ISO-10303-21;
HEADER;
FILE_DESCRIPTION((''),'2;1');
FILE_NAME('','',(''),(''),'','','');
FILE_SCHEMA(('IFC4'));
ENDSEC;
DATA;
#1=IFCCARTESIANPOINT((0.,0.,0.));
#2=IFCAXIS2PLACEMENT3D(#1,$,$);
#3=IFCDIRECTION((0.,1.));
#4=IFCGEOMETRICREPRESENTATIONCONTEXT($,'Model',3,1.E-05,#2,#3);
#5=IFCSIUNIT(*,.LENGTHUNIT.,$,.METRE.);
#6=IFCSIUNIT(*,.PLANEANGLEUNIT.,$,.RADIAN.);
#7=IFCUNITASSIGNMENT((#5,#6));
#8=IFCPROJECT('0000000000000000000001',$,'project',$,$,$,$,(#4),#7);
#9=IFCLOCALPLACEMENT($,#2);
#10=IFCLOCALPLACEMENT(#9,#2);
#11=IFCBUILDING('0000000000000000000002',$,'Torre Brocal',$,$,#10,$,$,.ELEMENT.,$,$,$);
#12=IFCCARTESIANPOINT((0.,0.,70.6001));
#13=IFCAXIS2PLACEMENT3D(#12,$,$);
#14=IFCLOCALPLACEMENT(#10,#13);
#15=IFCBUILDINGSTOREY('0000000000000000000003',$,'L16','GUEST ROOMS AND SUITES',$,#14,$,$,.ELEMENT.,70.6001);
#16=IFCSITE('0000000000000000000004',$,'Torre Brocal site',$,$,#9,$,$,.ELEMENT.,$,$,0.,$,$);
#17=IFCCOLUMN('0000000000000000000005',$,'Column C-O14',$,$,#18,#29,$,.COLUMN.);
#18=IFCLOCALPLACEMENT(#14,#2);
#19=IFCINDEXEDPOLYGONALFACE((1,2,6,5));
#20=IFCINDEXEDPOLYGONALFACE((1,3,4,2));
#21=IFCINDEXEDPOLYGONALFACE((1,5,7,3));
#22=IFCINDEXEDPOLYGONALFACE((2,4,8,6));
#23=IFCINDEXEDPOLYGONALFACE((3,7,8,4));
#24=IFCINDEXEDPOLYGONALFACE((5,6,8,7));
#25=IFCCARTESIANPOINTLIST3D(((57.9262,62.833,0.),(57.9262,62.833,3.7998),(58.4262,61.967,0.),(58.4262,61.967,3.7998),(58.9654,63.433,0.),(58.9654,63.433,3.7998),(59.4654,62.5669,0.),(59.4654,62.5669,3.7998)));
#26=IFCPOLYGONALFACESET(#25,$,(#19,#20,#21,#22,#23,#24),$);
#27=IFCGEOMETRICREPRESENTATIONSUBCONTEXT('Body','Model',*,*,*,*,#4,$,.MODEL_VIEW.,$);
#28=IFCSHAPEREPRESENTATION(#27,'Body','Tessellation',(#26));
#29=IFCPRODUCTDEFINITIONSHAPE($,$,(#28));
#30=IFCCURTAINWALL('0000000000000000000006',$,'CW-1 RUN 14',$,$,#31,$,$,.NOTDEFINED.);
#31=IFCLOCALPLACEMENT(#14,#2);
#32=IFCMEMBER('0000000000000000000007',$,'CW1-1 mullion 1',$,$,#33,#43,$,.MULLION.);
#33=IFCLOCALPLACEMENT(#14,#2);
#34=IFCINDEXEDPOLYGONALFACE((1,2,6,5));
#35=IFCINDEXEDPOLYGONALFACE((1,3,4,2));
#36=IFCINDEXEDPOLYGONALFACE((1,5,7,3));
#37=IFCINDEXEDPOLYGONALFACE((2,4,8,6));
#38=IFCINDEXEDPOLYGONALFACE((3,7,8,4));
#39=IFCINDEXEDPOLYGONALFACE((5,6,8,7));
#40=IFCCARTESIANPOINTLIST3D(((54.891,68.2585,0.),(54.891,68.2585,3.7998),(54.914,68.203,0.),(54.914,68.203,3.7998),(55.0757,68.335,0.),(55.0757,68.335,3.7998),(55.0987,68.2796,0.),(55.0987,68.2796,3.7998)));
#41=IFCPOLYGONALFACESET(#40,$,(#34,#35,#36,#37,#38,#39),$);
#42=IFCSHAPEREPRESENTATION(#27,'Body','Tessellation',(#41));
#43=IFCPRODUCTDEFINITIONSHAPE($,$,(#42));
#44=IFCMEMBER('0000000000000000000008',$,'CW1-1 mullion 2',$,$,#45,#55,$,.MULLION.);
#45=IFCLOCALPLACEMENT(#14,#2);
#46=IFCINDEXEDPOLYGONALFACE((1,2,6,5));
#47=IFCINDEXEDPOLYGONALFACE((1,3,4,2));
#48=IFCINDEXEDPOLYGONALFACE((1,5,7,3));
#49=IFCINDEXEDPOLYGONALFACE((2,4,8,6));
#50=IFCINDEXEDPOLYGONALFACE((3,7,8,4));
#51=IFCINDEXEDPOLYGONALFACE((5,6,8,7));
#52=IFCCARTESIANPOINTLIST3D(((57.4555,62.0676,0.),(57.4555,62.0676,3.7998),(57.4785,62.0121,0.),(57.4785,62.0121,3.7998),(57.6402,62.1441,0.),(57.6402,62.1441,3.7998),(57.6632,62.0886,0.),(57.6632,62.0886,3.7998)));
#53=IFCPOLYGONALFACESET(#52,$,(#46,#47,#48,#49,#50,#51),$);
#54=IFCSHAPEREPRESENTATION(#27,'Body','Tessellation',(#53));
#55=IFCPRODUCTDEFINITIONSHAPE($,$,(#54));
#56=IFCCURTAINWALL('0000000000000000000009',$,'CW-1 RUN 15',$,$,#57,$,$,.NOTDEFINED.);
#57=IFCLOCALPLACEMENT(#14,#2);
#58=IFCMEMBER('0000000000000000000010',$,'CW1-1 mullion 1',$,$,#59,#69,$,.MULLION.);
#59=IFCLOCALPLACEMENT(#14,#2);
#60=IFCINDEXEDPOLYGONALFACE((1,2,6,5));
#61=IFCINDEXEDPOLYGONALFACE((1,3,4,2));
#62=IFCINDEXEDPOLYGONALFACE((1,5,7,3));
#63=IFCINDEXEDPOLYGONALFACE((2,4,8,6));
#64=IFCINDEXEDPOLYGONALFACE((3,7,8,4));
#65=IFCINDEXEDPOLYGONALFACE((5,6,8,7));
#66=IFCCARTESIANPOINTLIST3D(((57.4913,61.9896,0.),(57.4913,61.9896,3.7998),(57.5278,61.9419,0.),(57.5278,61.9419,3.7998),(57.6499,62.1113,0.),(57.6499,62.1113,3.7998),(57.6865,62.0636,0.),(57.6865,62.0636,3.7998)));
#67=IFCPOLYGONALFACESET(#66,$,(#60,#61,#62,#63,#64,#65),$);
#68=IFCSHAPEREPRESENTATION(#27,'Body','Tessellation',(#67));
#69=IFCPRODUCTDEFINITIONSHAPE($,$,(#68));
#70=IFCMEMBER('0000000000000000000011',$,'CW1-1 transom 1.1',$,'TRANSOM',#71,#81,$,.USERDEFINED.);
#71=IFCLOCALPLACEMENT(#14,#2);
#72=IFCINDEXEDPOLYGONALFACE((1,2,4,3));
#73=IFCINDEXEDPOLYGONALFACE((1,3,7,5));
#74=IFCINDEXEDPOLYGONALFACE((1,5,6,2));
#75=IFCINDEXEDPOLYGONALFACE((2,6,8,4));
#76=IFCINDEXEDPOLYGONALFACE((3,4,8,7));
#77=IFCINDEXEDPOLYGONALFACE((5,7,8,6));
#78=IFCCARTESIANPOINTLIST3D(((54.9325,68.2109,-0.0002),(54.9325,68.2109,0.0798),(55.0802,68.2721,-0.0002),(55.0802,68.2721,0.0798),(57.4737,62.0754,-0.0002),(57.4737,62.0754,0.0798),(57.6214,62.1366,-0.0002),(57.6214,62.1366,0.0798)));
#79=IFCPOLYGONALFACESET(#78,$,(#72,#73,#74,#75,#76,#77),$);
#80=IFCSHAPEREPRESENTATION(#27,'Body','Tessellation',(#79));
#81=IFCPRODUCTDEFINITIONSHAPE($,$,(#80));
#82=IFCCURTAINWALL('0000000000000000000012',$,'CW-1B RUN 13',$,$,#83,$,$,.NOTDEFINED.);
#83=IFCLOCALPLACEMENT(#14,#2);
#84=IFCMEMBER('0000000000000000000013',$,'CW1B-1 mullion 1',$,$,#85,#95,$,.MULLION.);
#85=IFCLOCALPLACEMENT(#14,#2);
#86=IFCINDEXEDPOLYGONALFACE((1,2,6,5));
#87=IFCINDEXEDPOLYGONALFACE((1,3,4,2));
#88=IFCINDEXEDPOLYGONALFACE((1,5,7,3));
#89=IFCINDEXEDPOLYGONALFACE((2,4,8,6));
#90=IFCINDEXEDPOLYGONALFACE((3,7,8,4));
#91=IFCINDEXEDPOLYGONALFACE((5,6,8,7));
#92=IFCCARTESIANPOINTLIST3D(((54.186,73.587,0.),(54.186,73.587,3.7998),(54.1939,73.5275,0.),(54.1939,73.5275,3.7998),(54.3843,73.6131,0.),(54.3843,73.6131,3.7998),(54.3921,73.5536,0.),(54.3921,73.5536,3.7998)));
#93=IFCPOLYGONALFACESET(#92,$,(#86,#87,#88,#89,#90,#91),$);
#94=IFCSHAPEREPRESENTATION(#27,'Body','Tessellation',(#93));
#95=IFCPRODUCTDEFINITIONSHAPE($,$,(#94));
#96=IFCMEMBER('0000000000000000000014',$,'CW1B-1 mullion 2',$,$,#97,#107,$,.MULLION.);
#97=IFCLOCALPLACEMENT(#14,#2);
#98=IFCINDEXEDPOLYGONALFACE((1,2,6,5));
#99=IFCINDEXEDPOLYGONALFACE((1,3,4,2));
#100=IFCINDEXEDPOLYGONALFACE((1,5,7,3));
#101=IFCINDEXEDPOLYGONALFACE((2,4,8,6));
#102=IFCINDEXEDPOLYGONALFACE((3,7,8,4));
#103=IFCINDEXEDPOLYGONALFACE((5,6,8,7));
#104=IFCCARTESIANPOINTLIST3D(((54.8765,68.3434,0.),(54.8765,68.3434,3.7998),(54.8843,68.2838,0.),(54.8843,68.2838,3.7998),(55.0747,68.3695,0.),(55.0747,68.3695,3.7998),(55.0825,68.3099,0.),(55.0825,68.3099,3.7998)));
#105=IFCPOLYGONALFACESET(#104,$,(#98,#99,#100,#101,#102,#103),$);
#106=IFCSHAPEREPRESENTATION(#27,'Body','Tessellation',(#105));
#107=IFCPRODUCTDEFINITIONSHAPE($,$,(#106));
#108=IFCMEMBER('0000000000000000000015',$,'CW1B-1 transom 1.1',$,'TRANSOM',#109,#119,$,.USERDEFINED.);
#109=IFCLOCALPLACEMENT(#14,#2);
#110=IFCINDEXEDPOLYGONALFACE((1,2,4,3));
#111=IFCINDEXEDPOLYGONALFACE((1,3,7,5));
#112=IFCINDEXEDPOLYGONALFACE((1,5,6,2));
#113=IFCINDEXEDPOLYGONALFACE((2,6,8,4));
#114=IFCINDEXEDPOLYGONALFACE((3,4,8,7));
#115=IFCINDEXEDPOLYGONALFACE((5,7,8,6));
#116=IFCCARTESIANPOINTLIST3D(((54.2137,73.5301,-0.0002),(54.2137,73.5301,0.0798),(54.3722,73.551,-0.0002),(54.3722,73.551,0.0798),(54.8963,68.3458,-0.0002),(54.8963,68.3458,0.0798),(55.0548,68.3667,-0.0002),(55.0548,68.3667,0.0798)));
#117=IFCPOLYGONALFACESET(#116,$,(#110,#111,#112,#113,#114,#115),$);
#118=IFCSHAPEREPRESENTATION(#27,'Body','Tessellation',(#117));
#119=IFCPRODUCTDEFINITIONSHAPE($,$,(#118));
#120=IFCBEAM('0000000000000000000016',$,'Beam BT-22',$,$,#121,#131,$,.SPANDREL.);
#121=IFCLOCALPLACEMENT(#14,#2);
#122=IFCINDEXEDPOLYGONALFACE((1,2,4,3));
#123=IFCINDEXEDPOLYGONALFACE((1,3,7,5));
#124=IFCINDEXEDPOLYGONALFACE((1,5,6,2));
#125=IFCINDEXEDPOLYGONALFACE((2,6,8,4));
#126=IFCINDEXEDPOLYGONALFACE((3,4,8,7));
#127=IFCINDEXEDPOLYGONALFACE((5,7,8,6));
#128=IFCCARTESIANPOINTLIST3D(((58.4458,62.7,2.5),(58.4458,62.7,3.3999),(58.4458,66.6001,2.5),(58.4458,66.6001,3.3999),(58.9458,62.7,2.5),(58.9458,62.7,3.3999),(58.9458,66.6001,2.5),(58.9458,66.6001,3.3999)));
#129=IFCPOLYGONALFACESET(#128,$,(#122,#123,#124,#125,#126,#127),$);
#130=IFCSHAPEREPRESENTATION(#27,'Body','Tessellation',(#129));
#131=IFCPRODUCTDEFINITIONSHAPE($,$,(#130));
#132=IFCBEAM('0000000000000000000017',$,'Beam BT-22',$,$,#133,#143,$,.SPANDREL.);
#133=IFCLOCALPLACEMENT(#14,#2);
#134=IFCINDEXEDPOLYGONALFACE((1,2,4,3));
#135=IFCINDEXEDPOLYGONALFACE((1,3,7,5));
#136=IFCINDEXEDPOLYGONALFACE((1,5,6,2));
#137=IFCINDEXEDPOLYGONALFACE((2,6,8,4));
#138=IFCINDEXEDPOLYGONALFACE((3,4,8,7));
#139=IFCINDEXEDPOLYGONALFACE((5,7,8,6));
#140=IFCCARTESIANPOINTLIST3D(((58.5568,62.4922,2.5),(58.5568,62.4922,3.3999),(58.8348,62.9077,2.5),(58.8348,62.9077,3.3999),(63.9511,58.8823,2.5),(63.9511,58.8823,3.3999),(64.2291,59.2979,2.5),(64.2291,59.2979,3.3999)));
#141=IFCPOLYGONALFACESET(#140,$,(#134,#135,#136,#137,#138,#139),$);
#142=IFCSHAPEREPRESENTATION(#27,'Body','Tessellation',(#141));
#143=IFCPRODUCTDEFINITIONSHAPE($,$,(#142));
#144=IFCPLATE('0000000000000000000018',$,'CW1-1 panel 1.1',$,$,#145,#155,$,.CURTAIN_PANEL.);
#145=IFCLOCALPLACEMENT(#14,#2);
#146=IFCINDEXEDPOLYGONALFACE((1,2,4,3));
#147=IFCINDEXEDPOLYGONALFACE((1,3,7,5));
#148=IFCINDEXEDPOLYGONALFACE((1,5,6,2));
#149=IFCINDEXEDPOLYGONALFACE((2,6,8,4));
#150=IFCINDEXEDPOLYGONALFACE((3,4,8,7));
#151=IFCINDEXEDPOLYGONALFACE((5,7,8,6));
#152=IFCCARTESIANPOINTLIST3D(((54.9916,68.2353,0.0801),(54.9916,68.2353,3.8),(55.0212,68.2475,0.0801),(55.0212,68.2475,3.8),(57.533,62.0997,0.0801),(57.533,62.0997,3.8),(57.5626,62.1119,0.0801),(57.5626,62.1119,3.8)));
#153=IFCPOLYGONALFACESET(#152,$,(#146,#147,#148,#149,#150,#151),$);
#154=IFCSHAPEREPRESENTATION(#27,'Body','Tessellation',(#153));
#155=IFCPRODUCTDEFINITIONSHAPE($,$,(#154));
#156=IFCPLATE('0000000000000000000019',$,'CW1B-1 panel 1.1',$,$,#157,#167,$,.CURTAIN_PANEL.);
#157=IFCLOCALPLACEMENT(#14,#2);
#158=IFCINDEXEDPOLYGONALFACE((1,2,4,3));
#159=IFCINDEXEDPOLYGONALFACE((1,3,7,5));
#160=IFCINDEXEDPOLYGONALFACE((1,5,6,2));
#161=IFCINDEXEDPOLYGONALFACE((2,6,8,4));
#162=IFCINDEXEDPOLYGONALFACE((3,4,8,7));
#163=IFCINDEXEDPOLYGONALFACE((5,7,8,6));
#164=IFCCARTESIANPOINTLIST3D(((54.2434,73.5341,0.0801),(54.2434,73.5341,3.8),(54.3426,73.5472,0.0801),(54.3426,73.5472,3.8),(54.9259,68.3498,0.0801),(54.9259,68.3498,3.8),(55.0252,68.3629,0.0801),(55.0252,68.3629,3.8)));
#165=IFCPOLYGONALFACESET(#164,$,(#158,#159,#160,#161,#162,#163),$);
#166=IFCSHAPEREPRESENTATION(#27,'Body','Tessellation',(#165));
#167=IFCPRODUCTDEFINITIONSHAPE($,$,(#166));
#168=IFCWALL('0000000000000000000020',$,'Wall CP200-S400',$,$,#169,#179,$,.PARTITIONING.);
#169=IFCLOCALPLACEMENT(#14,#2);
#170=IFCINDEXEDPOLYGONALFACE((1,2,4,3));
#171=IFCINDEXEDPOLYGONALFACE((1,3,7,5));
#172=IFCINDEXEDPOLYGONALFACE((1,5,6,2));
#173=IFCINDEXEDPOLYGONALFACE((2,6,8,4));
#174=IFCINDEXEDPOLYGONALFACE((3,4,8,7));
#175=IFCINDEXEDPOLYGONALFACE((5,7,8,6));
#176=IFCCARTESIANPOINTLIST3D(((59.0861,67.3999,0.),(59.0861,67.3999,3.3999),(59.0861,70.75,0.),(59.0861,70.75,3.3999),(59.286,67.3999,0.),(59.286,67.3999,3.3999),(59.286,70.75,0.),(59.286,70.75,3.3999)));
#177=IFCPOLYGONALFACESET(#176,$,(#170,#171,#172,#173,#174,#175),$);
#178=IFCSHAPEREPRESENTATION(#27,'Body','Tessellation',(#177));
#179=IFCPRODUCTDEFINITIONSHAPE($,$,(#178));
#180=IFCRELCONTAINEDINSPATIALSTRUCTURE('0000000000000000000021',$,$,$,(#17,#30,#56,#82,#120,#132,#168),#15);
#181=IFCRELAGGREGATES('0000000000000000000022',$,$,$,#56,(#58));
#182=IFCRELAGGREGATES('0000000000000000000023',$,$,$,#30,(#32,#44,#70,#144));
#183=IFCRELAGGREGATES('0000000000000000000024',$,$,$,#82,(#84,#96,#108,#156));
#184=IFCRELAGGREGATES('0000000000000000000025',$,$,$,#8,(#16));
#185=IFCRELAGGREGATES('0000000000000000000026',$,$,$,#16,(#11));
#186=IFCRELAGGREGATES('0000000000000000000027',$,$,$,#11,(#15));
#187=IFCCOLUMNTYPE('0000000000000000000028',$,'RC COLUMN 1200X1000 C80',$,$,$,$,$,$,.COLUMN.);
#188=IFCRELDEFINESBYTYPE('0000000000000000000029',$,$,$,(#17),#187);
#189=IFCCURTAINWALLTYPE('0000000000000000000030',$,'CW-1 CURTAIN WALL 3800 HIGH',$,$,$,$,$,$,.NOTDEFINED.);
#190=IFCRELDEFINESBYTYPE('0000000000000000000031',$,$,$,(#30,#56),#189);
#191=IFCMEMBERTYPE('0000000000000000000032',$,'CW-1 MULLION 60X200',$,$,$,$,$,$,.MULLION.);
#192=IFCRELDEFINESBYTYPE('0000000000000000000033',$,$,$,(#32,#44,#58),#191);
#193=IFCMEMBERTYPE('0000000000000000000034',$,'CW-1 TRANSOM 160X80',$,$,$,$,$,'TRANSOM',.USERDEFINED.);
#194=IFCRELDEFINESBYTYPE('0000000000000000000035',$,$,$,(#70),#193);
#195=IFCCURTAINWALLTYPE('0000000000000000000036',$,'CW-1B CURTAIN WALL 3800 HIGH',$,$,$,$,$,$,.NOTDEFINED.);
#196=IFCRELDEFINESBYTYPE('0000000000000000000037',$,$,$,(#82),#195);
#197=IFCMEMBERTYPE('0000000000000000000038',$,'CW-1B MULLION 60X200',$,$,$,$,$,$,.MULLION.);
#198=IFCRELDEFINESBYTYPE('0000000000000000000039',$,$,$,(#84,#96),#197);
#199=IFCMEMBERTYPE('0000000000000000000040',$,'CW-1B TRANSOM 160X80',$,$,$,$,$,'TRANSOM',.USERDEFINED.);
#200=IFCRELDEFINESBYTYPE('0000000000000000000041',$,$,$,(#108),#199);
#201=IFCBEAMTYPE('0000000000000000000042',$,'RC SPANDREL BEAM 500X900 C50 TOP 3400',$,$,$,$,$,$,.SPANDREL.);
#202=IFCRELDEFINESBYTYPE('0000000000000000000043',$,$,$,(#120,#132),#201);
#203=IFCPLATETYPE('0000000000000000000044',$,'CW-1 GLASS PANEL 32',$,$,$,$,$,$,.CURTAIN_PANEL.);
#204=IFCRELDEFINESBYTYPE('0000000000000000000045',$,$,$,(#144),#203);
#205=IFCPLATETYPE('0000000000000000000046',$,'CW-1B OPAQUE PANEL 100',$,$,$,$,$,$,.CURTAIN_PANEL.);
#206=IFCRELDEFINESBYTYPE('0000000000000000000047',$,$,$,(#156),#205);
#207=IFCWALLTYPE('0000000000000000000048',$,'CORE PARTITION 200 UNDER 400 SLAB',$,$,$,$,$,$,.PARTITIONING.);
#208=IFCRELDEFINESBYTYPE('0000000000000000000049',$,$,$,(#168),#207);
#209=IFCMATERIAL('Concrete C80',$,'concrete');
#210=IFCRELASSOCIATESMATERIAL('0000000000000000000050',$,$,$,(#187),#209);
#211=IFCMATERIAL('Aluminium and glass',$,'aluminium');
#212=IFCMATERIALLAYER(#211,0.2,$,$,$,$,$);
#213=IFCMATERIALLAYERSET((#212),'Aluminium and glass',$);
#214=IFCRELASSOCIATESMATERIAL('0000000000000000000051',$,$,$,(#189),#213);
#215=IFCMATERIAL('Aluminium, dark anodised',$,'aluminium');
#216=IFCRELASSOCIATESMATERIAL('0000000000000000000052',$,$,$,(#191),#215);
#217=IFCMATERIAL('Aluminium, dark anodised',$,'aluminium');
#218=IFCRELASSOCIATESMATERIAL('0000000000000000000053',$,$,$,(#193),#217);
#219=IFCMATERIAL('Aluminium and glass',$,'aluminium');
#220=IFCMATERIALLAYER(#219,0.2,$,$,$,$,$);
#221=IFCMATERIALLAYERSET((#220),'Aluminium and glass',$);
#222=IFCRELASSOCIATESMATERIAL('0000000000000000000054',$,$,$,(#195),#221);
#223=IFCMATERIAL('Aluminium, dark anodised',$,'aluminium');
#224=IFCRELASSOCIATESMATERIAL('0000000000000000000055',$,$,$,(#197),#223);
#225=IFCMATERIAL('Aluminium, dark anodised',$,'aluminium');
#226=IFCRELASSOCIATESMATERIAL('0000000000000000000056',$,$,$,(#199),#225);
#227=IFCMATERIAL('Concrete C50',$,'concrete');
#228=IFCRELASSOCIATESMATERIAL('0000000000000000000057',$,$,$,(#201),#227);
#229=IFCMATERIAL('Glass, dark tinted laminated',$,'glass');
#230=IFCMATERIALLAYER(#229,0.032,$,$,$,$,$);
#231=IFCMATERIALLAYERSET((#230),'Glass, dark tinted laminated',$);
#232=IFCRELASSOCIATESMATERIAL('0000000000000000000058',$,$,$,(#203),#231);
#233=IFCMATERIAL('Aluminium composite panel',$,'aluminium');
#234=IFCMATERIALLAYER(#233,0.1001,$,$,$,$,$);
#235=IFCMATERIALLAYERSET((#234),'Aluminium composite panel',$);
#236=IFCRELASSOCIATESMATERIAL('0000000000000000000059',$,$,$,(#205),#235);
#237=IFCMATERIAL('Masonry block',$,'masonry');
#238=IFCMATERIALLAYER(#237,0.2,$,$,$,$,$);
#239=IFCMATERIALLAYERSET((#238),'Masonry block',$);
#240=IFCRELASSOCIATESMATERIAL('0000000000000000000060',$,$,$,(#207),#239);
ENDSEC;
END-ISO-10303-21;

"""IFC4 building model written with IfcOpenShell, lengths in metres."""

from ifc_helpers import new_model, si_unit, direction, frame, frame_2d, origin, origin_2d, place, context, subcontext, project, spatial, rectangle, extrude, material, layer, layer_set, material_profile, profile_set, type_object, element, aggregate, save


model = new_model("IFC4")

# Units and contexts
model_context = context("Model", 3, precision=1e-05, world=origin(), true_north=direction((0.0, 1.0)))
body_context = subcontext(model_context, "Body", "Model", "MODEL_VIEW")
ifc_project = project(units=[si_unit("LENGTHUNIT", "METRE"), si_unit("PLANEANGLEUNIT", "RADIAN")], contexts=[model_context])

# Site, building, storey
site_placement = place(None, origin())
site = spatial("IfcSite", under=ifc_project, at=site_placement, Name="Torre Brocal site", CompositionType="ELEMENT", RefElevation=0.0)
building_placement = place(site_placement, origin())
building = spatial("IfcBuilding", under=site, at=building_placement, Name="Torre Brocal", CompositionType="ELEMENT")
storey_placement = place(building_placement, frame((0.0, 0.0, 70.6001)))
storey = spatial("IfcBuildingStorey", under=building, at=storey_placement, Name="L16", Description="GUEST ROOMS AND SUITES", CompositionType="ELEMENT", Elevation=70.6001)

# Column
ifc_material_1 = material(Name="Concrete C80", Category="concrete")
ifc_material_profile_1 = material_profile(ifc_material_1, rectangle(XDim=1.2, YDim=1.0, at=origin_2d()), Name="RC 1200X1000")
ifc_profile_set_1 = profile_set([ifc_material_profile_1], Name="Concrete C80")
column_type = type_object("IfcColumnType", Name="RC COLUMN 1200X1000 C80", PredefinedType="COLUMN", material=ifc_profile_set_1)
column_placement = place(storey_placement, frame((58.6958, 62.7, 0.0), z_axis=(0.0, 0.0, 1.0), x_axis=(-0.866025, -0.5, 0.0)))
element("IfcColumn", 1, at=column_placement, inside=storey, type_object=column_type, Name="Column C-O14", PredefinedType="COLUMN", context=body_context, shape_type="SweptSolid", body=[
    extrude(rectangle(XDim=1.2, YDim=1.0, at=origin_2d()), origin(), (0.0, 0.0, 1.0), 3.7998),
])

# Curtain wall, members
ifc_material_2 = material(Name="Aluminium and glass", Category="aluminium")
ifc_layer_1 = layer(ifc_material_2, 0.2)
ifc_layer_set_1 = layer_set([ifc_layer_1], Name="Aluminium and glass")
curtain_wall_type_1 = type_object("IfcCurtainWallType", Name="CW-1 CURTAIN WALL 3800 HIGH", PredefinedType="NOTDEFINED", material=ifc_layer_set_1)
curtain_wall_1_placement = place(storey_placement, origin())
curtain_wall_1 = element("IfcCurtainWall", 2, at=curtain_wall_1_placement, inside=storey, type_object=curtain_wall_type_1, Name="CW-1 RUN 14", PredefinedType="NOTDEFINED")
ifc_material_3 = material(Name="Aluminium, dark anodised", Category="aluminium")
ifc_material_profile_2 = material_profile(ifc_material_3, rectangle(XDim=0.2, YDim=0.0601, at=origin_2d()), Name="CW-1 MULLION 60X200")
ifc_profile_set_2 = profile_set([ifc_material_profile_2], Name="Aluminium, dark anodised")
member_type_1 = type_object("IfcMemberType", Name="CW-1 MULLION 60X200", PredefinedType="MULLION", material=ifc_profile_set_2)
member_1_placement = place(storey_placement, frame((54.9949, 68.269, 0.0), z_axis=(0.0, 0.0, 1.0), x_axis=(0.92388, 0.382683, 0.0)))
member_1 = element("IfcMember", 3, at=member_1_placement, type_object=member_type_1, Name="CW1-1 mullion 1", PredefinedType="MULLION", context=body_context, shape_type="SweptSolid", body=[
    extrude(rectangle(XDim=0.2, YDim=0.0601, at=origin_2d()), origin(), (0.0, 0.0, 1.0), 3.7998),
])
member_2_placement = place(storey_placement, frame((57.5593, 62.0781, 0.0), z_axis=(0.0, 0.0, 1.0), x_axis=(0.92388, 0.382683, 0.0)))
member_2 = element("IfcMember", 4, at=member_2_placement, type_object=member_type_1, Name="CW1-1 mullion 2", PredefinedType="MULLION", context=body_context, shape_type="SweptSolid", body=[
    extrude(rectangle(XDim=0.2, YDim=0.0601, at=origin_2d()), origin(), (0.0, 0.0, 1.0), 3.7998),
])

# Curtain wall, member
curtain_wall_2_placement = place(storey_placement, origin())
curtain_wall_2 = element("IfcCurtainWall", 5, at=curtain_wall_2_placement, inside=storey, type_object=curtain_wall_type_1, Name="CW-1 RUN 15", PredefinedType="NOTDEFINED")
member_3_placement = place(storey_placement, frame((57.5889, 62.0266, 0.0), z_axis=(0.0, 0.0, 1.0), x_axis=(0.793353, 0.608761, 0.0)))
member_3 = element("IfcMember", 6, at=member_3_placement, type_object=member_type_1, Name="CW1-1 mullion 1", PredefinedType="MULLION", context=body_context, shape_type="SweptSolid", body=[
    extrude(rectangle(XDim=0.2, YDim=0.0601, at=origin_2d()), origin(), (0.0, 0.0, 1.0), 3.7998),
])
aggregate(curtain_wall_2, [member_3])

# Member
ifc_material_4 = material(Name="Aluminium, dark anodised", Category="aluminium")
ifc_material_profile_3 = material_profile(ifc_material_4, rectangle(XDim=0.1599, YDim=0.0801, at=origin_2d()), Name="CW-1 TRANSOM 160X80")
ifc_profile_set_3 = profile_set([ifc_material_profile_3], Name="Aluminium, dark anodised")
member_type_2 = type_object("IfcMemberType", Name="CW-1 TRANSOM 160X80", ElementType="TRANSOM", PredefinedType="USERDEFINED", material=ifc_profile_set_3)
member_4_placement = place(storey_placement, frame((55.0063, 68.2415, 0.0398), z_axis=(0.382665, -0.923887, 0.0), x_axis=(0.923887, 0.382665, 0.0)))
member_4 = element("IfcMember", 7, at=member_4_placement, type_object=member_type_2, Name="CW1-1 transom 1.1", ObjectType="TRANSOM", PredefinedType="USERDEFINED", context=body_context, shape_type="SweptSolid", body=[
    extrude(rectangle(XDim=0.1599, YDim=0.0801, at=origin_2d()), origin(), (0.0, 0.0, 1.0), 6.6409),
])

# Curtain wall, members
ifc_material_5 = material(Name="Aluminium and glass", Category="aluminium")
ifc_layer_2 = layer(ifc_material_5, 0.2)
ifc_layer_set_2 = layer_set([ifc_layer_2], Name="Aluminium and glass")
curtain_wall_type_2 = type_object("IfcCurtainWallType", Name="CW-1B CURTAIN WALL 3800 HIGH", PredefinedType="NOTDEFINED", material=ifc_layer_set_2)
curtain_wall_3_placement = place(storey_placement, origin())
curtain_wall_3 = element("IfcCurtainWall", 8, at=curtain_wall_3_placement, inside=storey, type_object=curtain_wall_type_2, Name="CW-1B RUN 13", PredefinedType="NOTDEFINED")
ifc_material_6 = material(Name="Aluminium, dark anodised", Category="aluminium")
ifc_material_profile_4 = material_profile(ifc_material_6, rectangle(XDim=0.2, YDim=0.0601, at=origin_2d()), Name="CW-1B MULLION 60X200")
ifc_profile_set_4 = profile_set([ifc_material_profile_4], Name="Aluminium, dark anodised")
member_type_3 = type_object("IfcMemberType", Name="CW-1B MULLION 60X200", PredefinedType="MULLION", material=ifc_profile_set_4)
member_5_placement = place(storey_placement, frame((54.2891, 73.5703, 0.0), z_axis=(0.0, 0.0, 1.0), x_axis=(0.991445, 0.130526, 0.0)))
member_5 = element("IfcMember", 9, at=member_5_placement, type_object=member_type_3, Name="CW1B-1 mullion 1", PredefinedType="MULLION", context=body_context, shape_type="SweptSolid", body=[
    extrude(rectangle(XDim=0.2, YDim=0.0601, at=origin_2d()), origin(), (0.0, 0.0, 1.0), 3.7998),
])
member_6_placement = place(storey_placement, frame((54.9795, 68.3267, 0.0), z_axis=(0.0, 0.0, 1.0), x_axis=(0.991445, 0.130526, 0.0)))
member_6 = element("IfcMember", 10, at=member_6_placement, type_object=member_type_3, Name="CW1B-1 mullion 2", PredefinedType="MULLION", context=body_context, shape_type="SweptSolid", body=[
    extrude(rectangle(XDim=0.2, YDim=0.0601, at=origin_2d()), origin(), (0.0, 0.0, 1.0), 3.7998),
])
ifc_material_7 = material(Name="Aluminium, dark anodised", Category="aluminium")
ifc_material_profile_5 = material_profile(ifc_material_7, rectangle(XDim=0.1599, YDim=0.0801, at=origin_2d()), Name="CW-1B TRANSOM 160X80")
ifc_profile_set_5 = profile_set([ifc_material_profile_5], Name="Aluminium, dark anodised")
member_type_4 = type_object("IfcMemberType", Name="CW-1B TRANSOM 160X80", ElementType="TRANSOM", PredefinedType="USERDEFINED", material=ifc_profile_set_5)
member_7_placement = place(storey_placement, frame((54.293, 73.5405, 0.0398), z_axis=(0.130543, -0.991443, 0.0), x_axis=(0.991443, 0.130543, 0.0)))
member_7 = element("IfcMember", 11, at=member_7_placement, type_object=member_type_4, Name="CW1B-1 transom 1.1", ObjectType="TRANSOM", PredefinedType="USERDEFINED", context=body_context, shape_type="SweptSolid", body=[
    extrude(rectangle(XDim=0.1599, YDim=0.0801, at=origin_2d()), origin(), (0.0, 0.0, 1.0), 5.229),
])

# Beams
ifc_material_8 = material(Name="Concrete C50", Category="concrete")
ifc_material_profile_6 = material_profile(ifc_material_8, rectangle(XDim=0.5, YDim=0.8999, at=origin_2d()), Name="RC 500X900")
ifc_profile_set_6 = profile_set([ifc_material_profile_6], Name="Concrete C50")
beam_type = type_object("IfcBeamType", Name="RC SPANDREL BEAM 500X900 C50 TOP 3400", PredefinedType="SPANDREL", material=ifc_profile_set_6)
beam_1_placement = place(storey_placement, frame((58.6958, 62.7, 2.95), z_axis=(0.0, 1.0, 0.0), x_axis=(-1.0, 0.0, 0.0)))
element("IfcBeam", 12, at=beam_1_placement, inside=storey, type_object=beam_type, Name="Beam BT-22", PredefinedType="SPANDREL", context=body_context, shape_type="SweptSolid", body=[
    extrude(rectangle(XDim=0.5, YDim=0.8999, at=origin_2d()), origin(), (0.0, 0.0, 1.0), 3.9001),
])
beam_2_placement = place(storey_placement, frame((58.6958, 62.7, 2.95), z_axis=(0.831077, -0.556158, 0.0), x_axis=(0.556158, 0.831077, 0.0)))
element("IfcBeam", 13, at=beam_2_placement, inside=storey, type_object=beam_type, Name="Beam BT-22", PredefinedType="SPANDREL", context=body_context, shape_type="SweptSolid", body=[
    extrude(rectangle(XDim=0.5, YDim=0.8999, at=origin_2d()), origin(), (0.0, 0.0, 1.0), 6.4907),
])

# Plates
ifc_material_9 = material(Name="Glass, dark tinted laminated", Category="glass")
ifc_layer_3 = layer(ifc_material_9, 0.032)
ifc_layer_set_3 = layer_set([ifc_layer_3], Name="Glass, dark tinted laminated")
plate_type_1 = type_object("IfcPlateType", Name="CW-1 GLASS PANEL 32", PredefinedType="CURTAIN_PANEL", material=ifc_layer_set_3)
plate_1_placement = place(storey_placement, frame((56.2771, 65.1736, 0.0801), z_axis=(0.0, 0.0, 1.0), x_axis=(0.382683, -0.92388, 0.0)))
plate_1 = element("IfcPlate", 14, at=plate_1_placement, type_object=plate_type_1, Name="CW1-1 panel 1.1", PredefinedType="CURTAIN_PANEL", context=body_context, shape_type="SweptSolid", body=[
    extrude(rectangle(XDim=6.6411, YDim=0.032, at=origin_2d()), origin(), (0.0, 0.0, 1.0), 3.72),
])
aggregate(curtain_wall_1, [member_1, member_2, member_4, plate_1])
ifc_material_10 = material(Name="Aluminium composite panel", Category="aluminium")
ifc_layer_4 = layer(ifc_material_10, 0.1001)
ifc_layer_set_4 = layer_set([ifc_layer_4], Name="Aluminium composite panel")
plate_type_2 = type_object("IfcPlateType", Name="CW-1B OPAQUE PANEL 100", PredefinedType="CURTAIN_PANEL", material=ifc_layer_set_4)
plate_2_placement = place(storey_placement, frame((54.6343, 70.9485, 0.0801), z_axis=(0.0, 0.0, 1.0), x_axis=(0.130526, -0.991445, 0.0)))
plate_2 = element("IfcPlate", 15, at=plate_2_placement, type_object=plate_type_2, Name="CW1B-1 panel 1.1", PredefinedType="CURTAIN_PANEL", context=body_context, shape_type="SweptSolid", body=[
    extrude(rectangle(XDim=5.229, YDim=0.1001, at=origin_2d()), origin(), (0.0, 0.0, 1.0), 3.72),
])
aggregate(curtain_wall_3, [member_5, member_6, member_7, plate_2])

# Wall
ifc_material_11 = material(Name="Masonry block", Category="masonry")
ifc_layer_5 = layer(ifc_material_11, 0.2)
ifc_layer_set_5 = layer_set([ifc_layer_5], Name="Masonry block")
wall_type_1 = type_object("IfcWallType", Name="CORE PARTITION 200 UNDER 400 SLAB", PredefinedType="PARTITIONING", material=ifc_layer_set_5)
wall_1_placement = place(storey_placement, frame((59.186, 70.75, 0.0), z_axis=(0.0, 0.0, 1.0), x_axis=(0.0, -1.0, 0.0)))
element("IfcWall", 16, at=wall_1_placement, inside=storey, type_object=wall_type_1, Name="Wall CP200-S400", PredefinedType="PARTITIONING", context=body_context, shape_type="SweptSolid", body=[
    extrude(rectangle(XDim=3.3501, YDim=0.2, at=frame_2d((1.675, 0.0))), origin(), (0.0, 0.0, 1.0), 3.3999),
])

save(model, "model.ifc")
